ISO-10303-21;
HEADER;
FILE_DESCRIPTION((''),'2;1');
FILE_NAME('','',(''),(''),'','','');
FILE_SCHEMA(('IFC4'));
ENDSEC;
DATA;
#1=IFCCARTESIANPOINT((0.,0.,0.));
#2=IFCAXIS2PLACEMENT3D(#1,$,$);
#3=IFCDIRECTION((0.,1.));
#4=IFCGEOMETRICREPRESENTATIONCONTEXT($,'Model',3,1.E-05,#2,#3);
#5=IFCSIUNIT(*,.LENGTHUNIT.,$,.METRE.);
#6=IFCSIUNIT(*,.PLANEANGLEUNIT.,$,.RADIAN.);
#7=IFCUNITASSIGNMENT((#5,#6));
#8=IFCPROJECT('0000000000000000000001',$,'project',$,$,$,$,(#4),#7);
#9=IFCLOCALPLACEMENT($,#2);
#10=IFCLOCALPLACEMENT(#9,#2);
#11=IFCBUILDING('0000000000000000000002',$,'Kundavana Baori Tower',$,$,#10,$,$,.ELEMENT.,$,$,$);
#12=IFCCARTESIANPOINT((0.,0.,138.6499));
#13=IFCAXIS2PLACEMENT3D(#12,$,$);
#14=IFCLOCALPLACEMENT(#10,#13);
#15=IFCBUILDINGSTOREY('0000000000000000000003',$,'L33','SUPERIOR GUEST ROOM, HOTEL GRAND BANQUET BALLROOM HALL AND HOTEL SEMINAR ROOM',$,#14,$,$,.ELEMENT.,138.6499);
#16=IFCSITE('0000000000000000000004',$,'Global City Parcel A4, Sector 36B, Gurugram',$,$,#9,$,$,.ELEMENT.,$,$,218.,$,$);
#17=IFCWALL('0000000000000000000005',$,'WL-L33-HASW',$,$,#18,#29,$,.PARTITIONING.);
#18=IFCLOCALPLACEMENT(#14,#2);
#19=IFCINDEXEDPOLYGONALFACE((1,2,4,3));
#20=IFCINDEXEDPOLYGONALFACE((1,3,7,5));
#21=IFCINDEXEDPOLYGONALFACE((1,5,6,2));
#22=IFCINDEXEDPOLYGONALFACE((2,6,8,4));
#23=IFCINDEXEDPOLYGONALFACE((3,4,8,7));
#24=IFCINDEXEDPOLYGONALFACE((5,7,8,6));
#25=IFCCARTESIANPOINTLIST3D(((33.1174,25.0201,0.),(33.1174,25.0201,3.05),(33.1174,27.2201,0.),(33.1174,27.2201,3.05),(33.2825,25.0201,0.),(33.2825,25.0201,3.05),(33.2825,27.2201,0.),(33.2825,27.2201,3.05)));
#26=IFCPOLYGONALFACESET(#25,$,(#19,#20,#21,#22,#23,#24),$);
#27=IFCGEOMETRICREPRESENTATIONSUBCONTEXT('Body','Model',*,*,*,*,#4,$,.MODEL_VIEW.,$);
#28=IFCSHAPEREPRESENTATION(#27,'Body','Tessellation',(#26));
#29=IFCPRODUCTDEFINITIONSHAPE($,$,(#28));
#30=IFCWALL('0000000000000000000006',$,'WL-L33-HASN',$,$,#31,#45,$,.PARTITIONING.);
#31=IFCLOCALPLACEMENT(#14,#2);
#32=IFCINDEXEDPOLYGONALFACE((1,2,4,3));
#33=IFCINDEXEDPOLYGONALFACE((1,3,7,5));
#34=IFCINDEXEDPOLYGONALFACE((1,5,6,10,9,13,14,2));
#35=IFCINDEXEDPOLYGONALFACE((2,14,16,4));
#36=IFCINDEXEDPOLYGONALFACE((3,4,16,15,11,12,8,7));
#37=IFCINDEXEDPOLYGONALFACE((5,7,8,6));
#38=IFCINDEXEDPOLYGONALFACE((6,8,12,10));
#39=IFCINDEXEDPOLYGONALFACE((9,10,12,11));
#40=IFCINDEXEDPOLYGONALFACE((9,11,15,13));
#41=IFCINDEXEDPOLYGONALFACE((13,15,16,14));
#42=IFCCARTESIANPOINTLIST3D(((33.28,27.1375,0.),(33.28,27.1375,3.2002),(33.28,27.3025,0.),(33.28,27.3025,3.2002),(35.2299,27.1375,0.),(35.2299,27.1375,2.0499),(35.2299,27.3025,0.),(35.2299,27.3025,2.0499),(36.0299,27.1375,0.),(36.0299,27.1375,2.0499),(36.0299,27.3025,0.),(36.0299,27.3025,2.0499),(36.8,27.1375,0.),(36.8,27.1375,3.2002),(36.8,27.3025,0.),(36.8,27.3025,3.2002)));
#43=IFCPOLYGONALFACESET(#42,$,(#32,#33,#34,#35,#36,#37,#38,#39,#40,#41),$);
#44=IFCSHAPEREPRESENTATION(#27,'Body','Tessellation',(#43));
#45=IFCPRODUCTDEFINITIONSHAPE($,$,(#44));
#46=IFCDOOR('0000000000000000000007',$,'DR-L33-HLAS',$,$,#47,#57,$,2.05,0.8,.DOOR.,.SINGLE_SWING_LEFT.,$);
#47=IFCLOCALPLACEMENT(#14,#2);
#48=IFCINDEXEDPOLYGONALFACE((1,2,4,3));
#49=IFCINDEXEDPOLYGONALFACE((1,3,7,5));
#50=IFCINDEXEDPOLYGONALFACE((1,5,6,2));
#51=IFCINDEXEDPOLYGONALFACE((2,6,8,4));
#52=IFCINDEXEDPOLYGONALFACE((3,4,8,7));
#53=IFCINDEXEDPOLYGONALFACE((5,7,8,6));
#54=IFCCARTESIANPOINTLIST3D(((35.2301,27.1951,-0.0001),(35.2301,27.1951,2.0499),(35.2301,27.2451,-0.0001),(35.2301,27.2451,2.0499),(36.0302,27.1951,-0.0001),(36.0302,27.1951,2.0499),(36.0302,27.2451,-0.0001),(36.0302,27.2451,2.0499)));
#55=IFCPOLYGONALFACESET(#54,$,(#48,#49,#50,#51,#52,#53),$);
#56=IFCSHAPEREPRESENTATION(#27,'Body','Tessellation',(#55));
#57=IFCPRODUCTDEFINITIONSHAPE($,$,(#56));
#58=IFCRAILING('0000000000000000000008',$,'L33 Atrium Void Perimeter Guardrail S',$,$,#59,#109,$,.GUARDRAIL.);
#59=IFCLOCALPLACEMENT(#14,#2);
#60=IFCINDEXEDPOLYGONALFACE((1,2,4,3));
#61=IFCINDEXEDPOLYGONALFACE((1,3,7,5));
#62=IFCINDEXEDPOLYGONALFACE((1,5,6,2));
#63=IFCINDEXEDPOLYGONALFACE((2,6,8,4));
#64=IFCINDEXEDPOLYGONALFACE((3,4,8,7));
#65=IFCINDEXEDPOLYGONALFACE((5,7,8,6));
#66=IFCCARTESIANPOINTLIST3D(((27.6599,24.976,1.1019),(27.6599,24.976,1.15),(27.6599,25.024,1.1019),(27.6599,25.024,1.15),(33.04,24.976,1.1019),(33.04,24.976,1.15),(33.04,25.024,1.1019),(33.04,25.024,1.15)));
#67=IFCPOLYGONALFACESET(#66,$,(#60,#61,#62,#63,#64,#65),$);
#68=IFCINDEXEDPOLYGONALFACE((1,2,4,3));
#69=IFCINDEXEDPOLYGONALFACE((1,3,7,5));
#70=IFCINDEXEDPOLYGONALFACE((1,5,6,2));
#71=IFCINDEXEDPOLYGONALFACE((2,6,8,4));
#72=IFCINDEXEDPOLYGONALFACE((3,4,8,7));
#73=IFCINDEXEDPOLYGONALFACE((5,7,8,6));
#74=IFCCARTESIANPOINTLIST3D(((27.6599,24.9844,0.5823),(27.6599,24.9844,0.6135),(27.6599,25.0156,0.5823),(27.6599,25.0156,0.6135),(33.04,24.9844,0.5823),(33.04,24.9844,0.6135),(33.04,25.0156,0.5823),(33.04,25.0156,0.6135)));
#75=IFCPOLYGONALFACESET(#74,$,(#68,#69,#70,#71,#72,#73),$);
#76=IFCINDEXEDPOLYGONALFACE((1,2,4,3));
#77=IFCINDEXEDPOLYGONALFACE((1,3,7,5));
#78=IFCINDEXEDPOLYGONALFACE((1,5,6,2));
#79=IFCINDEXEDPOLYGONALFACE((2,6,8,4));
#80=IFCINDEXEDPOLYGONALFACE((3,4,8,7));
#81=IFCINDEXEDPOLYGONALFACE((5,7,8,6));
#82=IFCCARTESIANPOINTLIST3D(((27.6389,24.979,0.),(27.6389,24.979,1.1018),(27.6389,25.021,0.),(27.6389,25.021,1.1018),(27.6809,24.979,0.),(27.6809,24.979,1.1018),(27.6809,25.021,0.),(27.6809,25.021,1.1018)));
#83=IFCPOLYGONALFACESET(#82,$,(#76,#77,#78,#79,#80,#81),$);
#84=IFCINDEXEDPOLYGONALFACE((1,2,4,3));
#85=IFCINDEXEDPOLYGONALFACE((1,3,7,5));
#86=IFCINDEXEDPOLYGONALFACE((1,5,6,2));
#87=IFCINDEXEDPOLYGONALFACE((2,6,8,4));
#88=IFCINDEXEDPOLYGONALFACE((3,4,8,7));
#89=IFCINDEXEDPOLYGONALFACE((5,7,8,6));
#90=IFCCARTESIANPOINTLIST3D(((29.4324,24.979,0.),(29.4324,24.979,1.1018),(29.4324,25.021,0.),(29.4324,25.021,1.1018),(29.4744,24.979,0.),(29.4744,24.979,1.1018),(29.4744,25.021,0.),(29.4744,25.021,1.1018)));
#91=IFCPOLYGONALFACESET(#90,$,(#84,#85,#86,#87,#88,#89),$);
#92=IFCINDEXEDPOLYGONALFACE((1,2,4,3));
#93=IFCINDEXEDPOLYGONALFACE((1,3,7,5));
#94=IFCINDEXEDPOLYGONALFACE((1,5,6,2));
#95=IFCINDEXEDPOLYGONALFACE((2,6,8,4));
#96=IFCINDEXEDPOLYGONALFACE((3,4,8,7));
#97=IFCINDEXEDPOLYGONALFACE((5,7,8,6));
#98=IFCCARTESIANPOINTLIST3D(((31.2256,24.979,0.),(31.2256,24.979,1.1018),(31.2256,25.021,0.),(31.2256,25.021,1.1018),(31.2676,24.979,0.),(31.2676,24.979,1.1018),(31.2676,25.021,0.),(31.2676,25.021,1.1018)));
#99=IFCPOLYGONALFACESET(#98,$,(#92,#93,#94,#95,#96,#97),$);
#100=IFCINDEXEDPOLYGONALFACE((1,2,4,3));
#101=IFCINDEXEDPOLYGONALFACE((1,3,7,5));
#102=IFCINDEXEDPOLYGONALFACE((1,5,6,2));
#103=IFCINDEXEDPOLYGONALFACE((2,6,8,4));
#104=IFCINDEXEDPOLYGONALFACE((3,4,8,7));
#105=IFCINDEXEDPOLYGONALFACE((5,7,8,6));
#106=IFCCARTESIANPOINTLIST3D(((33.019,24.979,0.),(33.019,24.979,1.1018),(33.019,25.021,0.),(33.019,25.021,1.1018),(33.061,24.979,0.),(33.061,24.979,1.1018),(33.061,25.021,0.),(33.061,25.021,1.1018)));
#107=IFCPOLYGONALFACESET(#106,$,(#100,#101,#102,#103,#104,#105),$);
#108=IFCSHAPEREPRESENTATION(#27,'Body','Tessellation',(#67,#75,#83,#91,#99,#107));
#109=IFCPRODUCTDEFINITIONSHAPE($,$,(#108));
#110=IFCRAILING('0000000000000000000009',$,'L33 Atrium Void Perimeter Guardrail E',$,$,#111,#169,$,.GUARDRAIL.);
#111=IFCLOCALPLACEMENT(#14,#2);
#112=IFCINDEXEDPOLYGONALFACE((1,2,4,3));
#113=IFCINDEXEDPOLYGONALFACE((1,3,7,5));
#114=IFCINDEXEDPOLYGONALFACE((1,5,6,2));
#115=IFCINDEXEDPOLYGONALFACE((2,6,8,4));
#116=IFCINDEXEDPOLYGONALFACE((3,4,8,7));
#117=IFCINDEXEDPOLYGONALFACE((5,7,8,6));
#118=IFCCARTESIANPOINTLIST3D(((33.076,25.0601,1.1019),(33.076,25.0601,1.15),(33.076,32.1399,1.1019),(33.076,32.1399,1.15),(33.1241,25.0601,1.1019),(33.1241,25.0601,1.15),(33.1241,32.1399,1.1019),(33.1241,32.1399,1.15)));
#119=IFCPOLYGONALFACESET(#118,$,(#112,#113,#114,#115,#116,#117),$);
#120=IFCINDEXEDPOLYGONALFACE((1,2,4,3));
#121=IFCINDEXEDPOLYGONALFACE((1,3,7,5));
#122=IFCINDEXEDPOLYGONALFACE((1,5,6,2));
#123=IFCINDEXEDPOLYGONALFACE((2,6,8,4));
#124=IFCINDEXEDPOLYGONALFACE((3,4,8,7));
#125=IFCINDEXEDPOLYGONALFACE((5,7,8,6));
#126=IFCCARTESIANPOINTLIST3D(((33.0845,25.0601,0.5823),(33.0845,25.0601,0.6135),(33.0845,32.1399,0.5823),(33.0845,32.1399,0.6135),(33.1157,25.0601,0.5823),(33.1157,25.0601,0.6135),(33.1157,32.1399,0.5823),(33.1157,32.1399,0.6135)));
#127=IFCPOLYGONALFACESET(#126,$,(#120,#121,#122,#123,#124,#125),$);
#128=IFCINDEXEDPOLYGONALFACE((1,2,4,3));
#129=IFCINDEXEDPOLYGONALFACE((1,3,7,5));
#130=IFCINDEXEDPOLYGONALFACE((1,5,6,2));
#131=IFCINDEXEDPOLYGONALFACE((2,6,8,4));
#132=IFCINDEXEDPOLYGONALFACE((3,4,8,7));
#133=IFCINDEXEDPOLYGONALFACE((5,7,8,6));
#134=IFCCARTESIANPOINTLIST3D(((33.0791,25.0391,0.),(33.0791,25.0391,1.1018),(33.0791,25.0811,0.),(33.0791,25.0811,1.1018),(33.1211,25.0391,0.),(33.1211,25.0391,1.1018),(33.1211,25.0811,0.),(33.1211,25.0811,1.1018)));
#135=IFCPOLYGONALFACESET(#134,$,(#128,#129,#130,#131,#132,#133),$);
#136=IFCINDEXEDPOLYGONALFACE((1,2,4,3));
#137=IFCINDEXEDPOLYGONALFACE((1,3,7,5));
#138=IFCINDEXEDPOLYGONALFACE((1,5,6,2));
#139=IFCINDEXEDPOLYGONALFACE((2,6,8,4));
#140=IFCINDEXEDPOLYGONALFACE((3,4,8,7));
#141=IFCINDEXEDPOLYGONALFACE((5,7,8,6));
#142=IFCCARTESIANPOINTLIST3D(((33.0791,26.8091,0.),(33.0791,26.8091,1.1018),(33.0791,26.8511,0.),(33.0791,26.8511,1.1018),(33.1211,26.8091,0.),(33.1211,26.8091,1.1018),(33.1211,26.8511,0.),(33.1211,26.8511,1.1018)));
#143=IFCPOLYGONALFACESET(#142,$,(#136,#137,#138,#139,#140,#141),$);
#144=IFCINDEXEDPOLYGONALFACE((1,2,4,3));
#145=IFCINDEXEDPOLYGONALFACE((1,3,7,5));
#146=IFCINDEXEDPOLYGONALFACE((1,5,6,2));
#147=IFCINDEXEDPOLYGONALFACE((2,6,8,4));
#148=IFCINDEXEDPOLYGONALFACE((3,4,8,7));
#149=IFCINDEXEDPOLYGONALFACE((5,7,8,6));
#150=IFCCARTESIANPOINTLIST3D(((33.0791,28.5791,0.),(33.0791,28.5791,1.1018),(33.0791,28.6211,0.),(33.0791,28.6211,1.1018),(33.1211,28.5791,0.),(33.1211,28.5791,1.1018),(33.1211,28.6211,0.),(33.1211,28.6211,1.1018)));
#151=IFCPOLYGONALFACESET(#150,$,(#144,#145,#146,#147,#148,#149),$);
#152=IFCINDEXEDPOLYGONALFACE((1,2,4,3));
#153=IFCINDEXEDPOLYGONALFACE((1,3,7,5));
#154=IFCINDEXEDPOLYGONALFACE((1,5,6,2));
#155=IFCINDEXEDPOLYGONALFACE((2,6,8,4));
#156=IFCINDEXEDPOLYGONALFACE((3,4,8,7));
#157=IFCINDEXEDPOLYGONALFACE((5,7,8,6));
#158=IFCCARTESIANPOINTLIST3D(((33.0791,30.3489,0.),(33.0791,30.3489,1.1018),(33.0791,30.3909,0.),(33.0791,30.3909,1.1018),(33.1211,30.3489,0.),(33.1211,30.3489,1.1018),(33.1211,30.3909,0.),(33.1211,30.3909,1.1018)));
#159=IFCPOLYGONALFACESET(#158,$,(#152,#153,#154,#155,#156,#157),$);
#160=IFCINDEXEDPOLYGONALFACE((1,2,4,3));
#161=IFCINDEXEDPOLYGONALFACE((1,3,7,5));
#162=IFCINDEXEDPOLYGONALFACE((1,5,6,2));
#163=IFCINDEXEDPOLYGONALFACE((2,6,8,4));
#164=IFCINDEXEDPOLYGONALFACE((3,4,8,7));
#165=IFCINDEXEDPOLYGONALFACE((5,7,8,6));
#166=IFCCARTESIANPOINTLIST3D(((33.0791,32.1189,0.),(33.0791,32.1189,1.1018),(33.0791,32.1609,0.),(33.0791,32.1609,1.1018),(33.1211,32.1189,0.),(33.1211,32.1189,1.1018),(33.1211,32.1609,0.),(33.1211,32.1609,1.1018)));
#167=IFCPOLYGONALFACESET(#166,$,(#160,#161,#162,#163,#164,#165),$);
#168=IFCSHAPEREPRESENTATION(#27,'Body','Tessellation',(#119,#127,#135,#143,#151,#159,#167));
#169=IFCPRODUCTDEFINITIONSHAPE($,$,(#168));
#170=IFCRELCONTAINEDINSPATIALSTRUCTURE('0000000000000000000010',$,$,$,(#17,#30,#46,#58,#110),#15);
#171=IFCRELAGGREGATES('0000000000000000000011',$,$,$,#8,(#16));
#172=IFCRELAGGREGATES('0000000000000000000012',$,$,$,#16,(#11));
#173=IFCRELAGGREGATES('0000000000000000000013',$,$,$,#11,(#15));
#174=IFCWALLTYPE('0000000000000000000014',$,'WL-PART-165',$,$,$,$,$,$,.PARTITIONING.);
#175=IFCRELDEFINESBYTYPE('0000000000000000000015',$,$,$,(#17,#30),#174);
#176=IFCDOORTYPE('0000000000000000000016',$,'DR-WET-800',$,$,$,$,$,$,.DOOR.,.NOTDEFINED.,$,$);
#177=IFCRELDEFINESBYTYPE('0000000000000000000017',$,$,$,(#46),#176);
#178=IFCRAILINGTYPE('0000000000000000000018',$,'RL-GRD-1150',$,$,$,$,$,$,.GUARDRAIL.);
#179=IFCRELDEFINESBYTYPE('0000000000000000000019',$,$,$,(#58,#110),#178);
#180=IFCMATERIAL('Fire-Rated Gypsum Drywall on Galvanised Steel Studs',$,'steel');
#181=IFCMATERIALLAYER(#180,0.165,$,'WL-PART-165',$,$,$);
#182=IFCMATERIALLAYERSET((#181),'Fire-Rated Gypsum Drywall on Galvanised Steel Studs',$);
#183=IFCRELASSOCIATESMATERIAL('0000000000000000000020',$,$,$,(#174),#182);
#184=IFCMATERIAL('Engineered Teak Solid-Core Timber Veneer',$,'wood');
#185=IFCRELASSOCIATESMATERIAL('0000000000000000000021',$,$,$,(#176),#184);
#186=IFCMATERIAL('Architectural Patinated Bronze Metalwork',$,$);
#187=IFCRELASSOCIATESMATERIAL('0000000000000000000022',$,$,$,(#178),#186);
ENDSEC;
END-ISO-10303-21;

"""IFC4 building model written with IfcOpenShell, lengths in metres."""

from ifc_helpers import new_model, si_unit, direction, frame, frame_2d, origin, origin_2d, place, context, subcontext, project, spatial, rectangle, extrude, material, layer, layer_set, type_object, element, fill, save


model = new_model("IFC4")

# Units and contexts
model_context = context("Model", 3, precision=1e-05, world=origin(), true_north=direction((0.0, 1.0)))
body_context = subcontext(model_context, "Body", "Model", "MODEL_VIEW")
ifc_project = project(units=[si_unit("LENGTHUNIT", "METRE"), si_unit("PLANEANGLEUNIT", "RADIAN")], contexts=[model_context])

# Site, building, storey
site_placement = place(None, origin())
site = spatial("IfcSite", under=ifc_project, at=site_placement, Name="Global City Parcel A4, Sector 36B, Gurugram", CompositionType="ELEMENT", RefElevation=218.0)
building_placement = place(site_placement, origin())
building = spatial("IfcBuilding", under=site, at=building_placement, Name="Kundavana Baori Tower", CompositionType="ELEMENT")
storey_placement = place(building_placement, frame((0.0, 0.0, 138.6499)))
storey = spatial("IfcBuildingStorey", under=building, at=storey_placement, Name="L33", Description="SUPERIOR GUEST ROOM, HOTEL GRAND BANQUET BALLROOM HALL AND HOTEL SEMINAR ROOM", CompositionType="ELEMENT", Elevation=138.6499)

# Shared definitions
ifc_material_1 = material(Name="Fire-Rated Gypsum Drywall on Galvanised Steel Studs", Category="steel")
ifc_layer = layer(ifc_material_1, 0.165, Name="WL-PART-165")
ifc_layer_set = layer_set([ifc_layer], Name="Fire-Rated Gypsum Drywall on Galvanised Steel Studs")
wall_type = type_object("IfcWallType", Name="WL-PART-165", PredefinedType="PARTITIONING", material=ifc_layer_set)

# Wall
wall_1_placement = place(storey_placement, frame((33.2, 25.02, 0.0), z_axis=(0.0, 0.0, 1.0), x_axis=(0.0, 1.0, 0.0)))
element("IfcWall", 1, at=wall_1_placement, inside=storey, type_object=wall_type, Name="WL-L33-HASW", PredefinedType="PARTITIONING", context=body_context, shape_type="SweptSolid", body=[
    extrude(rectangle(XDim=2.2, YDim=0.165, at=frame_2d((1.1001, 0.0))), origin(), (0.0, 0.0, 1.0), 3.05),
])

# Wall, opening, door
wall_2_placement = place(storey_placement, frame((33.28, 27.22, 0.0), z_axis=(0.0, 0.0, 1.0), x_axis=(1.0, 0.0, 0.0)))
wall_2 = element("IfcWall", 2, at=wall_2_placement, inside=storey, type_object=wall_type, Name="WL-L33-HASN", PredefinedType="PARTITIONING", context=body_context, shape_type="SweptSolid", body=[
    extrude(rectangle(XDim=3.52, YDim=0.165, at=frame_2d((1.76, 0.0))), origin(), (0.0, 0.0, 1.0), 3.2002),
])
opening_1_placement = place(wall_2_placement, frame((1.95, 0.0, 0.0)))
opening_1 = element("IfcOpeningElement", 3, at=opening_1_placement, cuts=wall_2, PredefinedType="OPENING", context=body_context, shape_type="SweptSolid", body=[
    extrude(rectangle(XDim=0.8, YDim=2.05, at=frame_2d((0.3999, 1.0249))), frame((0.0, 0.0925, 0.0), z_axis=(0.0, -1.0, 0.0), x_axis=(1.0, 0.0, 0.0)), (0.0, 0.0, 1.0), 0.1851),
])
ifc_material_2 = material(Name="Engineered Teak Solid-Core Timber Veneer", Category="wood")
door_type_1 = type_object("IfcDoorType", Name="DR-WET-800", OperationType="NOTDEFINED", PredefinedType="DOOR", material=ifc_material_2)
door_1_placement = place(opening_1_placement, frame((0.8, 0.0, 0.0), z_axis=(0.0, 0.0, 1.0), x_axis=(-1.0, 0.0, 0.0)))
door_1 = element("IfcDoor", 4, at=door_1_placement, inside=storey, type_object=door_type_1, Name="DR-L33-HLAS", OperationType="SINGLE_SWING_LEFT", OverallHeight=2.05, OverallWidth=0.8, PredefinedType="DOOR", context=body_context, shape_type="SweptSolid", body=[
    extrude(rectangle(XDim=0.8, YDim=2.05, at=frame_2d((0.3999, 1.0249))), frame((0.0, 0.0249, 0.0), z_axis=(0.0, -1.0, 0.0), x_axis=(1.0, 0.0, 0.0)), (0.0, 0.0, 1.0), 0.05),
])
fill(opening_1, door_1)

# Railings
ifc_material_3 = material(Name="Architectural Patinated Bronze Metalwork")
railing_type = type_object("IfcRailingType", Name="RL-GRD-1150", PredefinedType="GUARDRAIL", material=ifc_material_3)
railing_1_placement = place(storey_placement, frame((27.6599, 25.0, 0.0)))
element("IfcRailing", 5, at=railing_1_placement, inside=storey, type_object=railing_type, Name="L33 Atrium Void Perimeter Guardrail S", PredefinedType="GUARDRAIL", context=body_context, shape_type="SweptSolid", body=[
    extrude(rectangle(XDim=0.0481, YDim=0.0481, at=origin_2d()), frame((0.0, 0.0, 1.126), z_axis=(1.0, 0.0, 0.0), x_axis=(0.0, 1.0, 0.0)), (0.0, 0.0, 1.0), 5.3801),
    extrude(rectangle(XDim=0.0312, YDim=0.0312, at=origin_2d()), frame((0.0, 0.0, 0.5979), z_axis=(1.0, 0.0, 0.0), x_axis=(0.0, 1.0, 0.0)), (0.0, 0.0, 1.0), 5.3801),
    extrude(rectangle(XDim=0.042, YDim=0.042, at=origin_2d()), origin(), (0.0, 0.0, 1.0), 1.1018),
    extrude(rectangle(XDim=0.042, YDim=0.042, at=origin_2d()), frame((1.7935, 0.0, 0.0)), (0.0, 0.0, 1.0), 1.1018),
    extrude(rectangle(XDim=0.042, YDim=0.042, at=origin_2d()), frame((3.5867, 0.0, 0.0)), (0.0, 0.0, 1.0), 1.1018),
    extrude(rectangle(XDim=0.042, YDim=0.042, at=origin_2d()), frame((5.3801, 0.0, 0.0)), (0.0, 0.0, 1.0), 1.1018),
])
railing_2_placement = place(storey_placement, frame((33.1001, 25.0601, 0.0)))
element("IfcRailing", 6, at=railing_2_placement, inside=storey, type_object=railing_type, Name="L33 Atrium Void Perimeter Guardrail E", PredefinedType="GUARDRAIL", context=body_context, shape_type="SweptSolid", body=[
    extrude(rectangle(XDim=0.0481, YDim=0.0481, at=origin_2d()), frame((0.0, 0.0, 1.126), z_axis=(0.0, 1.0, 0.0), x_axis=(-1.0, 0.0, 0.0)), (0.0, 0.0, 1.0), 7.0798),
    extrude(rectangle(XDim=0.0312, YDim=0.0312, at=origin_2d()), frame((0.0, 0.0, 0.5979), z_axis=(0.0, 1.0, 0.0), x_axis=(-1.0, 0.0, 0.0)), (0.0, 0.0, 1.0), 7.0798),
    extrude(rectangle(XDim=0.042, YDim=0.042, at=origin_2d()), origin(), (0.0, 0.0, 1.0), 1.1018),
    extrude(rectangle(XDim=0.042, YDim=0.042, at=origin_2d()), frame((0.0, 1.77, 0.0)), (0.0, 0.0, 1.0), 1.1018),
    extrude(rectangle(XDim=0.042, YDim=0.042, at=origin_2d()), frame((0.0, 3.54, 0.0)), (0.0, 0.0, 1.0), 1.1018),
    extrude(rectangle(XDim=0.042, YDim=0.042, at=origin_2d()), frame((0.0, 5.3098, 0.0)), (0.0, 0.0, 1.0), 1.1018),
    extrude(rectangle(XDim=0.042, YDim=0.042, at=origin_2d()), frame((0.0, 7.0798, 0.0)), (0.0, 0.0, 1.0), 1.1018),
])

save(model, "model.ifc")
